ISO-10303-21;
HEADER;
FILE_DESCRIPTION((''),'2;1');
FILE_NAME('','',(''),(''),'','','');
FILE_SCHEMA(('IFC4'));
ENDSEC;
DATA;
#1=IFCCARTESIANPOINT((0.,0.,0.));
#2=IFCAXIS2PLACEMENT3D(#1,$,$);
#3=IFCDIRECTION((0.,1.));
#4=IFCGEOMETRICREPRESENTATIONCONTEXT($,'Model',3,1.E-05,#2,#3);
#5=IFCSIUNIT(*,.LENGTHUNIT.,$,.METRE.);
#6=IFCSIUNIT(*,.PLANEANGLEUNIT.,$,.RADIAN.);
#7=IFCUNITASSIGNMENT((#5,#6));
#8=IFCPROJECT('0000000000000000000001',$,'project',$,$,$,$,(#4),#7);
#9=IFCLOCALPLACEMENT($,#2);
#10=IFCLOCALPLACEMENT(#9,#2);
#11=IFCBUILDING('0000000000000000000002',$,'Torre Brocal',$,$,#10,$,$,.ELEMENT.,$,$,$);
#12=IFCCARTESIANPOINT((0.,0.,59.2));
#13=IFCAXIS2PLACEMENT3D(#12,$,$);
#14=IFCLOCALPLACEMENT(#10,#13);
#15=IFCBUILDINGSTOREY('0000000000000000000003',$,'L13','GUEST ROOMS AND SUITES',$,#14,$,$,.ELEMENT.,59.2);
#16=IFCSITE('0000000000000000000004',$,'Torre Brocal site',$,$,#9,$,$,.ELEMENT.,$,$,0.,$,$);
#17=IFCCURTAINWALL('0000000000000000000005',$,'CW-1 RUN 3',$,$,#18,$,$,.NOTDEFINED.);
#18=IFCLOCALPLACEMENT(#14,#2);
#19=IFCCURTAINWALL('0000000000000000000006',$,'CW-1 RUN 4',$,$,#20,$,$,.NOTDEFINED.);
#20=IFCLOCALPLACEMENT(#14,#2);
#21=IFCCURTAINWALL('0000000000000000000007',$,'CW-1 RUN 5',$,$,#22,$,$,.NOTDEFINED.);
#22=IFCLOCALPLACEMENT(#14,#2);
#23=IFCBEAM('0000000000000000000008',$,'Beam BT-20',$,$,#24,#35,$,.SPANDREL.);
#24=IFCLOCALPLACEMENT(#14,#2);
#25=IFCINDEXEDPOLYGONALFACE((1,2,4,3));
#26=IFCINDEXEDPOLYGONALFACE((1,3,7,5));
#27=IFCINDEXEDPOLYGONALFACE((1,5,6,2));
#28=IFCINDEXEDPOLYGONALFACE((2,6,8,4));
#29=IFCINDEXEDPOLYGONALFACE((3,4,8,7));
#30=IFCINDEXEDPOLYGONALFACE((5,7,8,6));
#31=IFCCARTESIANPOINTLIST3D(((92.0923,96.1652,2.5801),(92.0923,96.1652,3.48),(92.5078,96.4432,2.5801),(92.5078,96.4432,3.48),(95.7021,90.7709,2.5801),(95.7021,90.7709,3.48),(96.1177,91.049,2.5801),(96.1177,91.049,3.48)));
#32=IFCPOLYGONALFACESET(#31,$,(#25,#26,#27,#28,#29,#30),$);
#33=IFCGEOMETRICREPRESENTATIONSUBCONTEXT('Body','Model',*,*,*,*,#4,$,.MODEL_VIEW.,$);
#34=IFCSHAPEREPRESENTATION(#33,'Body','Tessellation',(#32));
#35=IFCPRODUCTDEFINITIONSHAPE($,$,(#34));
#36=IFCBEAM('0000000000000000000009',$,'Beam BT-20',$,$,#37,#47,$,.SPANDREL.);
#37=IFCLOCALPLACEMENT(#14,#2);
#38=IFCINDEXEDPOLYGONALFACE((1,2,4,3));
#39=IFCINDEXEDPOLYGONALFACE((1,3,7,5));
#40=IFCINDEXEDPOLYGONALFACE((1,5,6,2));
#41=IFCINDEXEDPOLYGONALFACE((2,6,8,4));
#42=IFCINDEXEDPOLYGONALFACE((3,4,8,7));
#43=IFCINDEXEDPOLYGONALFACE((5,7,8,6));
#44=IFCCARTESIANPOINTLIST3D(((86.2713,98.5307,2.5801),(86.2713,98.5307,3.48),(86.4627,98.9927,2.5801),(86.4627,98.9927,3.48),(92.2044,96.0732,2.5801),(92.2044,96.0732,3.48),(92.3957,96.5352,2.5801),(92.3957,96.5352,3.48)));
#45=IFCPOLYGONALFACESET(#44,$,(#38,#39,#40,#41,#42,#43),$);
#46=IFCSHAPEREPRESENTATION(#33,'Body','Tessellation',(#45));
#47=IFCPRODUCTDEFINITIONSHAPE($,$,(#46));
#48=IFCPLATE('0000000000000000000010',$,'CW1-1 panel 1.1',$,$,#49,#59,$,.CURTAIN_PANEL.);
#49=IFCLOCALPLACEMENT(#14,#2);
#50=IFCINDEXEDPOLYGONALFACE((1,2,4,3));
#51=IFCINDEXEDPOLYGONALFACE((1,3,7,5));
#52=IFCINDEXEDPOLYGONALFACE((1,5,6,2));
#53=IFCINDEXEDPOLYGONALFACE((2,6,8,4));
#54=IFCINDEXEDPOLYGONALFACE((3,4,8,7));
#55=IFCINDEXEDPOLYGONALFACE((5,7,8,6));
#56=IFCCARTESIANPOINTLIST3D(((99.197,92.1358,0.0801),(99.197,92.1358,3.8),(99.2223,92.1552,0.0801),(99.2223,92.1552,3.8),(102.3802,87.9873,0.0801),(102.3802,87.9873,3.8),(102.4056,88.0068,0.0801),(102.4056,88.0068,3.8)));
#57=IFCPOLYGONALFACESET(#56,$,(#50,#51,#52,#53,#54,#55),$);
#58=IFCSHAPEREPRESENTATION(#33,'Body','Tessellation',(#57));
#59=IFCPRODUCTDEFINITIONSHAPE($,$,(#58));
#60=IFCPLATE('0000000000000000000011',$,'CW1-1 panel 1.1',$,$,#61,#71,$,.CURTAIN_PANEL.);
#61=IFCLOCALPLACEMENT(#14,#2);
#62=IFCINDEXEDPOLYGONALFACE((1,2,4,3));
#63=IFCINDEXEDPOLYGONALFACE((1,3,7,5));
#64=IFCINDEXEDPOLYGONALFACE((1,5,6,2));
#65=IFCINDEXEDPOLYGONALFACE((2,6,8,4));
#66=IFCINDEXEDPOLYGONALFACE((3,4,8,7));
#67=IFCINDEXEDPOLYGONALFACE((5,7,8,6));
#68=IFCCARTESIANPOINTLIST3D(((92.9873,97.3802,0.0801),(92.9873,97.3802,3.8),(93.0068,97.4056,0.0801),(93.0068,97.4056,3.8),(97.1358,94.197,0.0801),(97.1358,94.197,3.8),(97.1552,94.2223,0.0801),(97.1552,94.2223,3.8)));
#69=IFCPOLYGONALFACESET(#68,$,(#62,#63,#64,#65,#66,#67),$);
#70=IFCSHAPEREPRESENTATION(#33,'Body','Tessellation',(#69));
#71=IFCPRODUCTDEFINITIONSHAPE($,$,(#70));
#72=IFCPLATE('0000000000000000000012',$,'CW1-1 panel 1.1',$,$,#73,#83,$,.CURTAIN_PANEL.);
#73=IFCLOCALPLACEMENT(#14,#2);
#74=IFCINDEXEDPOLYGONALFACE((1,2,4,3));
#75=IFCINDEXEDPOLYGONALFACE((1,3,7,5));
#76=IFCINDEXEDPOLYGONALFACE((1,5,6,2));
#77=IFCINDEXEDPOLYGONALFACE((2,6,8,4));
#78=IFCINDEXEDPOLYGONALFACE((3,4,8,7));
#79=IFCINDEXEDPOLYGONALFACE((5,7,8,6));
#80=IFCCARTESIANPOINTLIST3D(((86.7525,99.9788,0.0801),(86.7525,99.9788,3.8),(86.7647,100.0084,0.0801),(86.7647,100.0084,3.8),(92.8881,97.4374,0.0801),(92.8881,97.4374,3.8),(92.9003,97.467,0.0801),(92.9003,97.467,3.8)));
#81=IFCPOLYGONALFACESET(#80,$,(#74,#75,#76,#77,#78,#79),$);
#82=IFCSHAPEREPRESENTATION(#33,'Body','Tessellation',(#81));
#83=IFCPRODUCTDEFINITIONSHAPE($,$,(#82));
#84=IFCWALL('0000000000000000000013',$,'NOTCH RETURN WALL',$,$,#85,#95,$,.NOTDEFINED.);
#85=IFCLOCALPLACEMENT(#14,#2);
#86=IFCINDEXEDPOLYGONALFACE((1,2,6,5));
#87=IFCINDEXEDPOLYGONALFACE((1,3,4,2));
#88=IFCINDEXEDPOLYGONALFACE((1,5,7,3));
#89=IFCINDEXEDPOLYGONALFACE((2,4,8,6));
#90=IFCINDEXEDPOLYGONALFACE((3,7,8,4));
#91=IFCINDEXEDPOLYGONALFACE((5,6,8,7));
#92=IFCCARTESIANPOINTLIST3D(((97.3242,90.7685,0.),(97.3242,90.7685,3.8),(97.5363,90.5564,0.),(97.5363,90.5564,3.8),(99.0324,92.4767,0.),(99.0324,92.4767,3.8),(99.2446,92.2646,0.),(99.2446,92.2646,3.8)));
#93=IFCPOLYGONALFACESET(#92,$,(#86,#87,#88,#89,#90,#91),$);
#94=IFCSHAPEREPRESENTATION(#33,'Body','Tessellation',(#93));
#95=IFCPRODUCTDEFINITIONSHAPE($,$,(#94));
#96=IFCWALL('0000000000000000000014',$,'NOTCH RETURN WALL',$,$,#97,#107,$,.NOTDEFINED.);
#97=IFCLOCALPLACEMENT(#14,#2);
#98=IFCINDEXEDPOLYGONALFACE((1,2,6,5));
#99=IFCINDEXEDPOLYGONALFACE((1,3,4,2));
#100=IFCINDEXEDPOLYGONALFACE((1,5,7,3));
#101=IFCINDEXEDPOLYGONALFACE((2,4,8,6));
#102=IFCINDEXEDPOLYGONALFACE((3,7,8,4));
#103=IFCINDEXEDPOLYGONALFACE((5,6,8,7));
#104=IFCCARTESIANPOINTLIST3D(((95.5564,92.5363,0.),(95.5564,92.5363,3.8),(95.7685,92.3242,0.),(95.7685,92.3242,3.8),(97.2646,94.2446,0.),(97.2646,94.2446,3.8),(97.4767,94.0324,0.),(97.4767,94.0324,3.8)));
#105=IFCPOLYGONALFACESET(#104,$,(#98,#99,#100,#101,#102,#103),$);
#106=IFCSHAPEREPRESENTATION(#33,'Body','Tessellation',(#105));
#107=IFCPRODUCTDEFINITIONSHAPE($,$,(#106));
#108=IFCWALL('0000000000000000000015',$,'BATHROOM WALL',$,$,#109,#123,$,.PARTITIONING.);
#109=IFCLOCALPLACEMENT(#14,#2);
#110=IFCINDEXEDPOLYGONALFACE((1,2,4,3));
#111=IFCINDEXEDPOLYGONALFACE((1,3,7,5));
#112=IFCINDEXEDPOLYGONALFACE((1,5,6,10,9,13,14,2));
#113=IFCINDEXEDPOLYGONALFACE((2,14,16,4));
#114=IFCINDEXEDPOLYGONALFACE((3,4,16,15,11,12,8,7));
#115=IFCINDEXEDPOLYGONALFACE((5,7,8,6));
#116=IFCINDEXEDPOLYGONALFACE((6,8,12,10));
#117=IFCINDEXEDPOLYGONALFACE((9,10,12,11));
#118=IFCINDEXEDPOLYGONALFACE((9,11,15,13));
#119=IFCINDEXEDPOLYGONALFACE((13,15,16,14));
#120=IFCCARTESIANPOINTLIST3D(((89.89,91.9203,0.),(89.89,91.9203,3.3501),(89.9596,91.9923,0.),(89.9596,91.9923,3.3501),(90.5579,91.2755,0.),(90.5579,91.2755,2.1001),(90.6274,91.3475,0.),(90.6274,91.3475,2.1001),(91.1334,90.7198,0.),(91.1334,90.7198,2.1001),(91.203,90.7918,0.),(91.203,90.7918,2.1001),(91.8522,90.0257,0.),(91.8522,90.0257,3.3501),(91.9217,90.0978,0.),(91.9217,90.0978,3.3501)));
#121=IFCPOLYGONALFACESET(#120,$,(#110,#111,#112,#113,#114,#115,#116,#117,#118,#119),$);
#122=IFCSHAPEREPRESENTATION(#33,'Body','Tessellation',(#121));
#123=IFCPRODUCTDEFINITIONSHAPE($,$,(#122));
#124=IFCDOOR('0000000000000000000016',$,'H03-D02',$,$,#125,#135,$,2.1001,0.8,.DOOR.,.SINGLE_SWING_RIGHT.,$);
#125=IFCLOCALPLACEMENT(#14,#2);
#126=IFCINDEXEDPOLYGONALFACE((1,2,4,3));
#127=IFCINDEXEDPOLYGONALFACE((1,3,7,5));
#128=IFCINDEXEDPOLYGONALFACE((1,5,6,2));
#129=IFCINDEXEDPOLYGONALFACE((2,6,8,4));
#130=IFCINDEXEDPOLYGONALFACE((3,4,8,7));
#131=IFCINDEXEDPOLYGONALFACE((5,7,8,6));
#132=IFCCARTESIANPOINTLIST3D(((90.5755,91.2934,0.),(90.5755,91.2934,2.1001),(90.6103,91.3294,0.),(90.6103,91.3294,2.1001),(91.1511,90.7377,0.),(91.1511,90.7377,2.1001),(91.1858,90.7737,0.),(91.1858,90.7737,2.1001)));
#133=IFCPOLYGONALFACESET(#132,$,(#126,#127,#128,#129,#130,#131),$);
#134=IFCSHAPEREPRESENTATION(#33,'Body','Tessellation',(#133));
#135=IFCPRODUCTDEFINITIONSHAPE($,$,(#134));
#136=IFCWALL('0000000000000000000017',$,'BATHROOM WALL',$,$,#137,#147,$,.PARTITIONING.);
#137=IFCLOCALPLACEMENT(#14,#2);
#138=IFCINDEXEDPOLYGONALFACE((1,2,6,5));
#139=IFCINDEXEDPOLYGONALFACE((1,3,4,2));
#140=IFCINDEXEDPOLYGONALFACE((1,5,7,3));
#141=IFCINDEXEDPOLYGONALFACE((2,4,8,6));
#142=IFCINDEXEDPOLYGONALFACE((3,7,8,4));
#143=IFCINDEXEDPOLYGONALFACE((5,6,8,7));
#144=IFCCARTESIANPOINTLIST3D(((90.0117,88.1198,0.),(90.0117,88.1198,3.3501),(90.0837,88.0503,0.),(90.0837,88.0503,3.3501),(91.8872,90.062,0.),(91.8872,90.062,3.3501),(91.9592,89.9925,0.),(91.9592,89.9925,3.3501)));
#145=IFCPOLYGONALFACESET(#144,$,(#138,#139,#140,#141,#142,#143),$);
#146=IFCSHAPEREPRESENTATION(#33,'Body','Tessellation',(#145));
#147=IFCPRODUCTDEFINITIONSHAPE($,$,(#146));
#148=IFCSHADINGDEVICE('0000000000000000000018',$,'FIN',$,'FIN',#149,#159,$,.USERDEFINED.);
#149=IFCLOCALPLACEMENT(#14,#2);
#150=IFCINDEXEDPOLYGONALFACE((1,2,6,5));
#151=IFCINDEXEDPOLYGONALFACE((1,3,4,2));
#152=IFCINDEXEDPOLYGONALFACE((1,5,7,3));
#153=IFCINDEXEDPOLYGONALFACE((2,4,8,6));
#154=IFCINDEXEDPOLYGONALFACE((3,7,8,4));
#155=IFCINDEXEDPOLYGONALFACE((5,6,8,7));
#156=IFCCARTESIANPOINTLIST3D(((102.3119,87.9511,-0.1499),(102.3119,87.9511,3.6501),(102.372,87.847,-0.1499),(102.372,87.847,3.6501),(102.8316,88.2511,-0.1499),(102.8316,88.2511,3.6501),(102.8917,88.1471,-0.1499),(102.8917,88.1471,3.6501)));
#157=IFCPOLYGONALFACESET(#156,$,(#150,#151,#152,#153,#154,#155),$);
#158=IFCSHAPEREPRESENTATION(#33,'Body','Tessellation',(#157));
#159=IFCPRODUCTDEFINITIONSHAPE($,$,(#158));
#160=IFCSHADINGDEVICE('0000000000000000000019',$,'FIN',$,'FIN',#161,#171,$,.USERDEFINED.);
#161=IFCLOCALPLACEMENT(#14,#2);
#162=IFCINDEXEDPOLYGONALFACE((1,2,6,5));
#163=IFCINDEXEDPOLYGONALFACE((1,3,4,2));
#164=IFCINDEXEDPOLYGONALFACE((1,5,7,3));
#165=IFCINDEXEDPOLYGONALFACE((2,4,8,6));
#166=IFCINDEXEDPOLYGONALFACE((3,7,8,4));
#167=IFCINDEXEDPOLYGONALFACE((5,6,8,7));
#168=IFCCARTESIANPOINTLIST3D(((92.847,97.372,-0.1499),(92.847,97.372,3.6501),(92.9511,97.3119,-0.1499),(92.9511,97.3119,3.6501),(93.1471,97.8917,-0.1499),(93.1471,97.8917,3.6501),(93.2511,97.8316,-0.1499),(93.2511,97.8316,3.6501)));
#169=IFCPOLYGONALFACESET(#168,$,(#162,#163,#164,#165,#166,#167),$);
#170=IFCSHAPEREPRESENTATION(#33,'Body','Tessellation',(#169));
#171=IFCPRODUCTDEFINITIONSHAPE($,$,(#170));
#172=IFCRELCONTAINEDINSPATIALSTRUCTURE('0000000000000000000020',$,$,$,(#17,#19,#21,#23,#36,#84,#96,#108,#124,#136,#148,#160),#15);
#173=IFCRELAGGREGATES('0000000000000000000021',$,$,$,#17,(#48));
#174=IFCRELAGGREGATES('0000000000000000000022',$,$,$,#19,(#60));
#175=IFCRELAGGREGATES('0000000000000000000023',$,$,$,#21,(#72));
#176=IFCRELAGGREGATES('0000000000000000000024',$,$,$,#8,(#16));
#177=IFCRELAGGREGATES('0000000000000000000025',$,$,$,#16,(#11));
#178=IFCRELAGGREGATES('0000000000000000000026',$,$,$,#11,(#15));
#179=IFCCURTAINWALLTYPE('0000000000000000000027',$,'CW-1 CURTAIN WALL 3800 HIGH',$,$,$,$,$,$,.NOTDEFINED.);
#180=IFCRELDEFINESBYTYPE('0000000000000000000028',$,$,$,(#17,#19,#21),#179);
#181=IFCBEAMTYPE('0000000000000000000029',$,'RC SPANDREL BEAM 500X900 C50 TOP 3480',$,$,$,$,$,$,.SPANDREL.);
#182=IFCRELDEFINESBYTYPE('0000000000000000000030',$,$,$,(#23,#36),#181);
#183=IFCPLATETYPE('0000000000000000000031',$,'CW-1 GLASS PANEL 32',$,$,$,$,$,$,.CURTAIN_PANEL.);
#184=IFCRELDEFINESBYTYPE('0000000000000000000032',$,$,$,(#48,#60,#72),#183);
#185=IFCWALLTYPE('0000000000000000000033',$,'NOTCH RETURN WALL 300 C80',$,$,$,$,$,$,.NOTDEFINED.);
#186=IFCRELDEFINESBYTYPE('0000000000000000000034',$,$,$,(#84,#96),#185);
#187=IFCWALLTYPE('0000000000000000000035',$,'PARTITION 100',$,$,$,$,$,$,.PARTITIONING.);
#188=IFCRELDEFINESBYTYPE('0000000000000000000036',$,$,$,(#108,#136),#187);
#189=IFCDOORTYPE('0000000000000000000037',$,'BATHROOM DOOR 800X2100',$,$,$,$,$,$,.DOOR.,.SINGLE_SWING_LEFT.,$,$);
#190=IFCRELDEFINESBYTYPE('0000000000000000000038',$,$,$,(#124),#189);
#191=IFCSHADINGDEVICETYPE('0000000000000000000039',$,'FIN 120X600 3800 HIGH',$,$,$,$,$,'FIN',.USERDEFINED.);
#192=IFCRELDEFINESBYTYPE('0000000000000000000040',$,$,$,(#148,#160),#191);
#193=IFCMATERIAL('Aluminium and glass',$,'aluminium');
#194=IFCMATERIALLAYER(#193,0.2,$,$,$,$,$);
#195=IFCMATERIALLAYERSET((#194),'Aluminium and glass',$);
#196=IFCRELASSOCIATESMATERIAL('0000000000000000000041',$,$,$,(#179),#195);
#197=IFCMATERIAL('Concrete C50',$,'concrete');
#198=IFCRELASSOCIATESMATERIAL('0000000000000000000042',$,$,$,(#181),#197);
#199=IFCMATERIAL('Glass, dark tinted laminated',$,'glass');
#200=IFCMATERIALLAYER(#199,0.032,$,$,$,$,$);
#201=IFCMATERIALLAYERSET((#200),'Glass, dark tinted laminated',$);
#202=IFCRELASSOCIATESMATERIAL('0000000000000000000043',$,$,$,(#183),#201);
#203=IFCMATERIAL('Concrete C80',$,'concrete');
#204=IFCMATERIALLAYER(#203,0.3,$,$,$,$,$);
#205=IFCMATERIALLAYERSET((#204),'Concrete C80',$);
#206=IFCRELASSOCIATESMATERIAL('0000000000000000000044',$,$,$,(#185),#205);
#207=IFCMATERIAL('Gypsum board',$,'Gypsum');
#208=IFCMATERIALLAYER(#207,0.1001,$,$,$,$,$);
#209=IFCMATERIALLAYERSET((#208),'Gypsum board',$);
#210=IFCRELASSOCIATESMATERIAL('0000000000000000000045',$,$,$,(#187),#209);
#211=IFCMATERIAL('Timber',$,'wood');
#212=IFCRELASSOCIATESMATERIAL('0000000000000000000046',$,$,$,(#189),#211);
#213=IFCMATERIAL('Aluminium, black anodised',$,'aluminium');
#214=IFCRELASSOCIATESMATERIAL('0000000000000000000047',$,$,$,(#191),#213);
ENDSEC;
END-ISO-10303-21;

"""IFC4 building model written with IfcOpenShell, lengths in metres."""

from ifc_helpers import new_model, si_unit, direction, frame, frame_2d, origin, origin_2d, place, context, subcontext, project, spatial, rectangle, extrude, material, layer, layer_set, material_profile, profile_set, type_object, element, fill, aggregate, save


model = new_model("IFC4")

# Units and contexts
model_context = context("Model", 3, precision=1e-05, world=origin(), true_north=direction((0.0, 1.0)))
body_context = subcontext(model_context, "Body", "Model", "MODEL_VIEW")
ifc_project = project(units=[si_unit("LENGTHUNIT", "METRE"), si_unit("PLANEANGLEUNIT", "RADIAN")], contexts=[model_context])

# Site, building, storey
site_placement = place(None, origin())
site = spatial("IfcSite", under=ifc_project, at=site_placement, Name="Torre Brocal site", CompositionType="ELEMENT", RefElevation=0.0)
building_placement = place(site_placement, origin())
building = spatial("IfcBuilding", under=site, at=building_placement, Name="Torre Brocal", CompositionType="ELEMENT")
storey_placement = place(building_placement, frame((0.0, 0.0, 59.2)))
storey = spatial("IfcBuildingStorey", under=building, at=storey_placement, Name="L13", Description="GUEST ROOMS AND SUITES", CompositionType="ELEMENT", Elevation=59.2)

# Shared definitions
ifc_material_1 = material(Name="Aluminium and glass", Category="aluminium")
ifc_layer_1 = layer(ifc_material_1, 0.2)
ifc_layer_set_1 = layer_set([ifc_layer_1], Name="Aluminium and glass")
curtain_wall_type = type_object("IfcCurtainWallType", Name="CW-1 CURTAIN WALL 3800 HIGH", PredefinedType="NOTDEFINED", material=ifc_layer_set_1)

# Curtain walls
curtain_wall_1_placement = place(storey_placement, origin())
curtain_wall_1 = element("IfcCurtainWall", 1, at=curtain_wall_1_placement, inside=storey, type_object=curtain_wall_type, Name="CW-1 RUN 3", PredefinedType="NOTDEFINED")
curtain_wall_2_placement = place(storey_placement, origin())
curtain_wall_2 = element("IfcCurtainWall", 2, at=curtain_wall_2_placement, inside=storey, type_object=curtain_wall_type, Name="CW-1 RUN 4", PredefinedType="NOTDEFINED")

# Curtain wall
curtain_wall_3_placement = place(storey_placement, origin())
curtain_wall_3 = element("IfcCurtainWall", 3, at=curtain_wall_3_placement, inside=storey, type_object=curtain_wall_type, Name="CW-1 RUN 5", PredefinedType="NOTDEFINED")

# Beams
ifc_material_2 = material(Name="Concrete C50", Category="concrete")
ifc_material_profile_1 = material_profile(ifc_material_2, rectangle(XDim=0.5, YDim=0.8999, at=origin_2d()), Name="RC 500X900")
ifc_profile_set_1 = profile_set([ifc_material_profile_1], Name="Concrete C50")
beam_type_1 = type_object("IfcBeamType", Name="RC SPANDREL BEAM 500X900 C50 TOP 3480", PredefinedType="SPANDREL", material=ifc_profile_set_1)
beam_1_placement = place(storey_placement, frame((95.9099, 90.9099, 3.03), z_axis=(-0.556158, 0.831077, 0.0), x_axis=(-0.831077, -0.556158, 0.0)))
element("IfcBeam", 4, at=beam_1_placement, inside=storey, type_object=beam_type_1, Name="Beam BT-20", PredefinedType="SPANDREL", context=body_context, shape_type="SweptSolid", body=[
    extrude(rectangle(XDim=0.5, YDim=0.8999, at=origin_2d()), origin(), (0.0, 0.0, 1.0), 6.4907),
])
beam_2_placement = place(storey_placement, frame((92.3, 96.3042, 3.03), z_axis=(-0.923882, 0.382676, 0.0), x_axis=(-0.382676, -0.923882, 0.0)))
element("IfcBeam", 5, at=beam_2_placement, inside=storey, type_object=beam_type_1, Name="Beam BT-20", PredefinedType="SPANDREL", context=body_context, shape_type="SweptSolid", body=[
    extrude(rectangle(XDim=0.5, YDim=0.8999, at=origin_2d()), origin(), (0.0, 0.0, 1.0), 6.4219),
])

# Plates
ifc_material_3 = material(Name="Glass, dark tinted laminated", Category="glass")
ifc_layer_2 = layer(ifc_material_3, 0.032)
ifc_layer_set_2 = layer_set([ifc_layer_2], Name="Glass, dark tinted laminated")
plate_type = type_object("IfcPlateType", Name="CW-1 GLASS PANEL 32", PredefinedType="CURTAIN_PANEL", material=ifc_layer_set_2)
plate_1_placement = place(storey_placement, frame((100.8013, 90.0713, 0.0801), z_axis=(0.0, 0.0, 1.0), x_axis=(-0.608761, 0.793353, 0.0)))
plate_1 = element("IfcPlate", 6, at=plate_1_placement, type_object=plate_type, Name="CW1-1 panel 1.1", PredefinedType="CURTAIN_PANEL", context=body_context, shape_type="SweptSolid", body=[
    extrude(rectangle(XDim=5.229, YDim=0.032, at=origin_2d()), origin(), (0.0, 0.0, 1.0), 3.72),
])
aggregate(curtain_wall_1, [plate_1])
plate_2_placement = place(storey_placement, frame((95.0713, 95.8013, 0.0801), z_axis=(0.0, 0.0, 1.0), x_axis=(-0.793353, 0.608761, 0.0)))
plate_2 = element("IfcPlate", 7, at=plate_2_placement, type_object=plate_type, Name="CW1-1 panel 1.1", PredefinedType="CURTAIN_PANEL", context=body_context, shape_type="SweptSolid", body=[
    extrude(rectangle(XDim=5.229, YDim=0.032, at=origin_2d()), origin(), (0.0, 0.0, 1.0), 3.72),
])
aggregate(curtain_wall_2, [plate_2])
plate_3_placement = place(storey_placement, frame((89.8264, 98.7229, 0.0801), z_axis=(0.0, 0.0, 1.0), x_axis=(-0.92388, 0.382683, 0.0)))
plate_3 = element("IfcPlate", 8, at=plate_3_placement, type_object=plate_type, Name="CW1-1 panel 1.1", PredefinedType="CURTAIN_PANEL", context=body_context, shape_type="SweptSolid", body=[
    extrude(rectangle(XDim=6.6411, YDim=0.032, at=origin_2d()), origin(), (0.0, 0.0, 1.0), 3.72),
])
aggregate(curtain_wall_3, [plate_3])

# Walls
ifc_material_4 = material(Name="Concrete C80", Category="concrete")
ifc_layer_3 = layer(ifc_material_4, 0.3)
ifc_layer_set_3 = layer_set([ifc_layer_3], Name="Concrete C80")
wall_type_1 = type_object("IfcWallType", Name="NOTCH RETURN WALL 300 C80", PredefinedType="NOTDEFINED", material=ifc_layer_set_3)
for number, where, z_axis, x_axis, name in (
    (9, (97.4302, 90.6624, 0.0), (0.0, 0.0, 1.0), (0.707107, 0.707107, 0.0), "NOTCH RETURN WALL"),
    (10, (95.6624, 92.4302, 0.0), (0.0, 0.0, 1.0), (0.707107, 0.707107, 0.0), "NOTCH RETURN WALL"),
):
    element("IfcWall", number, at=place(storey_placement, frame(where, z_axis=z_axis, x_axis=x_axis)), inside=storey, type_object=wall_type_1, Name=name, PredefinedType="NOTDEFINED", context=body_context, shape_type="SweptSolid", body=[
        extrude(rectangle(XDim=2.4158, YDim=0.3, at=frame_2d((1.208, 0.0))), origin(), (0.0, 0.0, 1.0), 3.8),
    ])

# Wall, opening, door
ifc_material_5 = material(Name="Gypsum board", Category="Gypsum")
ifc_layer_4 = layer(ifc_material_5, 0.1001)
ifc_layer_set_4 = layer_set([ifc_layer_4], Name="Gypsum board")
wall_type_2 = type_object("IfcWallType", Name="PARTITION 100", PredefinedType="PARTITIONING", material=ifc_layer_set_4)
wall_1_placement = place(storey_placement, frame((89.9248, 91.9563, 0.0), z_axis=(0.0, 0.0, 1.0), x_axis=(0.719395, -0.694601, 0.0)))
wall_1 = element("IfcWall", 11, at=wall_1_placement, inside=storey, type_object=wall_type_2, Name="BATHROOM WALL", PredefinedType="PARTITIONING", context=body_context, shape_type="SweptSolid", body=[
    extrude(rectangle(XDim=2.7275, YDim=0.1001, at=frame_2d((1.3638, 0.0))), origin(), (0.0, 0.0, 1.0), 3.3501),
])
opening_placement = place(wall_1_placement, frame((0.9285, 0.0, 0.0)))
opening = element("IfcOpeningElement", 12, at=opening_placement, cuts=wall_1, PredefinedType="OPENING", context=body_context, shape_type="SweptSolid", body=[
    extrude(rectangle(XDim=0.8, YDim=2.1001, at=frame_2d((0.3999, 1.05))), frame((0.0, 0.0601, 0.0), z_axis=(0.0, -1.0, 0.0), x_axis=(1.0, 0.0, 0.0)), (0.0, 0.0, 1.0), 0.1201),
])
ifc_material_6 = material(Name="Timber", Category="wood")
door_type = type_object("IfcDoorType", Name="BATHROOM DOOR 800X2100", OperationType="SINGLE_SWING_LEFT", PredefinedType="DOOR", material=ifc_material_6)
door_placement = place(opening_placement, frame((0.8, 0.0, 0.0), z_axis=(0.0, 0.0, 1.0), x_axis=(-1.0, 0.0, 0.0)))
door = element("IfcDoor", 13, at=door_placement, inside=storey, type_object=door_type, Name="H03-D02", OperationType="SINGLE_SWING_RIGHT", OverallHeight=2.1001, OverallWidth=0.8, PredefinedType="DOOR", context=body_context, shape_type="SweptSolid", body=[
    extrude(rectangle(XDim=0.8, YDim=2.1001, at=frame_2d((0.3999, 1.05))), frame((0.0, 0.0249, 0.0), z_axis=(0.0, -1.0, 0.0), x_axis=(1.0, 0.0, 0.0)), (0.0, 0.0, 1.0), 0.05),
])
fill(opening, door)

# Wall
wall_2_placement = place(storey_placement, frame((90.0476, 88.085, 0.0), z_axis=(0.0, 0.0, 1.0), x_axis=(0.694656, 0.719342, 0.0)))
element("IfcWall", 14, at=wall_2_placement, inside=storey, type_object=wall_type_2, Name="BATHROOM WALL", PredefinedType="PARTITIONING", context=body_context, shape_type="SweptSolid", body=[
    extrude(rectangle(XDim=2.7, YDim=0.1001, at=frame_2d((1.3501, 0.0))), origin(), (0.0, 0.0, 1.0), 3.3501),
])

# Shading devices
ifc_material_7 = material(Name="Aluminium, black anodised", Category="aluminium")
ifc_material_profile_2 = material_profile(ifc_material_7, rectangle(XDim=0.1201, YDim=0.6001, at=origin_2d()), Name="FIN 120X600 3800 HIGH")
ifc_profile_set_2 = profile_set([ifc_material_profile_2], Name="Aluminium, black anodised")
shading_device_type = type_object("IfcShadingDeviceType", Name="FIN 120X600 3800 HIGH", ElementType="FIN", PredefinedType="USERDEFINED", material=ifc_profile_set_2)
for number, where, z_axis, x_axis, name in (
    (15, (102.6018, 88.0491, -0.1499), (0.0, 0.0, 1.0), (-0.5, 0.866025, 0.0), "FIN"),
    (16, (93.0491, 97.6018, -0.1499), (0.0, 0.0, 1.0), (-0.866025, 0.5, 0.0), "FIN"),
):
    element("IfcShadingDevice", number, at=place(storey_placement, frame(where, z_axis=z_axis, x_axis=x_axis)), inside=storey, type_object=shading_device_type, Name=name, ObjectType="FIN", PredefinedType="USERDEFINED", context=body_context, shape_type="SweptSolid", body=[
        extrude(rectangle(XDim=0.1201, YDim=0.6001, at=origin_2d()), origin(), (0.0, 0.0, 1.0), 3.8),
    ])

save(model, "model.ifc")
